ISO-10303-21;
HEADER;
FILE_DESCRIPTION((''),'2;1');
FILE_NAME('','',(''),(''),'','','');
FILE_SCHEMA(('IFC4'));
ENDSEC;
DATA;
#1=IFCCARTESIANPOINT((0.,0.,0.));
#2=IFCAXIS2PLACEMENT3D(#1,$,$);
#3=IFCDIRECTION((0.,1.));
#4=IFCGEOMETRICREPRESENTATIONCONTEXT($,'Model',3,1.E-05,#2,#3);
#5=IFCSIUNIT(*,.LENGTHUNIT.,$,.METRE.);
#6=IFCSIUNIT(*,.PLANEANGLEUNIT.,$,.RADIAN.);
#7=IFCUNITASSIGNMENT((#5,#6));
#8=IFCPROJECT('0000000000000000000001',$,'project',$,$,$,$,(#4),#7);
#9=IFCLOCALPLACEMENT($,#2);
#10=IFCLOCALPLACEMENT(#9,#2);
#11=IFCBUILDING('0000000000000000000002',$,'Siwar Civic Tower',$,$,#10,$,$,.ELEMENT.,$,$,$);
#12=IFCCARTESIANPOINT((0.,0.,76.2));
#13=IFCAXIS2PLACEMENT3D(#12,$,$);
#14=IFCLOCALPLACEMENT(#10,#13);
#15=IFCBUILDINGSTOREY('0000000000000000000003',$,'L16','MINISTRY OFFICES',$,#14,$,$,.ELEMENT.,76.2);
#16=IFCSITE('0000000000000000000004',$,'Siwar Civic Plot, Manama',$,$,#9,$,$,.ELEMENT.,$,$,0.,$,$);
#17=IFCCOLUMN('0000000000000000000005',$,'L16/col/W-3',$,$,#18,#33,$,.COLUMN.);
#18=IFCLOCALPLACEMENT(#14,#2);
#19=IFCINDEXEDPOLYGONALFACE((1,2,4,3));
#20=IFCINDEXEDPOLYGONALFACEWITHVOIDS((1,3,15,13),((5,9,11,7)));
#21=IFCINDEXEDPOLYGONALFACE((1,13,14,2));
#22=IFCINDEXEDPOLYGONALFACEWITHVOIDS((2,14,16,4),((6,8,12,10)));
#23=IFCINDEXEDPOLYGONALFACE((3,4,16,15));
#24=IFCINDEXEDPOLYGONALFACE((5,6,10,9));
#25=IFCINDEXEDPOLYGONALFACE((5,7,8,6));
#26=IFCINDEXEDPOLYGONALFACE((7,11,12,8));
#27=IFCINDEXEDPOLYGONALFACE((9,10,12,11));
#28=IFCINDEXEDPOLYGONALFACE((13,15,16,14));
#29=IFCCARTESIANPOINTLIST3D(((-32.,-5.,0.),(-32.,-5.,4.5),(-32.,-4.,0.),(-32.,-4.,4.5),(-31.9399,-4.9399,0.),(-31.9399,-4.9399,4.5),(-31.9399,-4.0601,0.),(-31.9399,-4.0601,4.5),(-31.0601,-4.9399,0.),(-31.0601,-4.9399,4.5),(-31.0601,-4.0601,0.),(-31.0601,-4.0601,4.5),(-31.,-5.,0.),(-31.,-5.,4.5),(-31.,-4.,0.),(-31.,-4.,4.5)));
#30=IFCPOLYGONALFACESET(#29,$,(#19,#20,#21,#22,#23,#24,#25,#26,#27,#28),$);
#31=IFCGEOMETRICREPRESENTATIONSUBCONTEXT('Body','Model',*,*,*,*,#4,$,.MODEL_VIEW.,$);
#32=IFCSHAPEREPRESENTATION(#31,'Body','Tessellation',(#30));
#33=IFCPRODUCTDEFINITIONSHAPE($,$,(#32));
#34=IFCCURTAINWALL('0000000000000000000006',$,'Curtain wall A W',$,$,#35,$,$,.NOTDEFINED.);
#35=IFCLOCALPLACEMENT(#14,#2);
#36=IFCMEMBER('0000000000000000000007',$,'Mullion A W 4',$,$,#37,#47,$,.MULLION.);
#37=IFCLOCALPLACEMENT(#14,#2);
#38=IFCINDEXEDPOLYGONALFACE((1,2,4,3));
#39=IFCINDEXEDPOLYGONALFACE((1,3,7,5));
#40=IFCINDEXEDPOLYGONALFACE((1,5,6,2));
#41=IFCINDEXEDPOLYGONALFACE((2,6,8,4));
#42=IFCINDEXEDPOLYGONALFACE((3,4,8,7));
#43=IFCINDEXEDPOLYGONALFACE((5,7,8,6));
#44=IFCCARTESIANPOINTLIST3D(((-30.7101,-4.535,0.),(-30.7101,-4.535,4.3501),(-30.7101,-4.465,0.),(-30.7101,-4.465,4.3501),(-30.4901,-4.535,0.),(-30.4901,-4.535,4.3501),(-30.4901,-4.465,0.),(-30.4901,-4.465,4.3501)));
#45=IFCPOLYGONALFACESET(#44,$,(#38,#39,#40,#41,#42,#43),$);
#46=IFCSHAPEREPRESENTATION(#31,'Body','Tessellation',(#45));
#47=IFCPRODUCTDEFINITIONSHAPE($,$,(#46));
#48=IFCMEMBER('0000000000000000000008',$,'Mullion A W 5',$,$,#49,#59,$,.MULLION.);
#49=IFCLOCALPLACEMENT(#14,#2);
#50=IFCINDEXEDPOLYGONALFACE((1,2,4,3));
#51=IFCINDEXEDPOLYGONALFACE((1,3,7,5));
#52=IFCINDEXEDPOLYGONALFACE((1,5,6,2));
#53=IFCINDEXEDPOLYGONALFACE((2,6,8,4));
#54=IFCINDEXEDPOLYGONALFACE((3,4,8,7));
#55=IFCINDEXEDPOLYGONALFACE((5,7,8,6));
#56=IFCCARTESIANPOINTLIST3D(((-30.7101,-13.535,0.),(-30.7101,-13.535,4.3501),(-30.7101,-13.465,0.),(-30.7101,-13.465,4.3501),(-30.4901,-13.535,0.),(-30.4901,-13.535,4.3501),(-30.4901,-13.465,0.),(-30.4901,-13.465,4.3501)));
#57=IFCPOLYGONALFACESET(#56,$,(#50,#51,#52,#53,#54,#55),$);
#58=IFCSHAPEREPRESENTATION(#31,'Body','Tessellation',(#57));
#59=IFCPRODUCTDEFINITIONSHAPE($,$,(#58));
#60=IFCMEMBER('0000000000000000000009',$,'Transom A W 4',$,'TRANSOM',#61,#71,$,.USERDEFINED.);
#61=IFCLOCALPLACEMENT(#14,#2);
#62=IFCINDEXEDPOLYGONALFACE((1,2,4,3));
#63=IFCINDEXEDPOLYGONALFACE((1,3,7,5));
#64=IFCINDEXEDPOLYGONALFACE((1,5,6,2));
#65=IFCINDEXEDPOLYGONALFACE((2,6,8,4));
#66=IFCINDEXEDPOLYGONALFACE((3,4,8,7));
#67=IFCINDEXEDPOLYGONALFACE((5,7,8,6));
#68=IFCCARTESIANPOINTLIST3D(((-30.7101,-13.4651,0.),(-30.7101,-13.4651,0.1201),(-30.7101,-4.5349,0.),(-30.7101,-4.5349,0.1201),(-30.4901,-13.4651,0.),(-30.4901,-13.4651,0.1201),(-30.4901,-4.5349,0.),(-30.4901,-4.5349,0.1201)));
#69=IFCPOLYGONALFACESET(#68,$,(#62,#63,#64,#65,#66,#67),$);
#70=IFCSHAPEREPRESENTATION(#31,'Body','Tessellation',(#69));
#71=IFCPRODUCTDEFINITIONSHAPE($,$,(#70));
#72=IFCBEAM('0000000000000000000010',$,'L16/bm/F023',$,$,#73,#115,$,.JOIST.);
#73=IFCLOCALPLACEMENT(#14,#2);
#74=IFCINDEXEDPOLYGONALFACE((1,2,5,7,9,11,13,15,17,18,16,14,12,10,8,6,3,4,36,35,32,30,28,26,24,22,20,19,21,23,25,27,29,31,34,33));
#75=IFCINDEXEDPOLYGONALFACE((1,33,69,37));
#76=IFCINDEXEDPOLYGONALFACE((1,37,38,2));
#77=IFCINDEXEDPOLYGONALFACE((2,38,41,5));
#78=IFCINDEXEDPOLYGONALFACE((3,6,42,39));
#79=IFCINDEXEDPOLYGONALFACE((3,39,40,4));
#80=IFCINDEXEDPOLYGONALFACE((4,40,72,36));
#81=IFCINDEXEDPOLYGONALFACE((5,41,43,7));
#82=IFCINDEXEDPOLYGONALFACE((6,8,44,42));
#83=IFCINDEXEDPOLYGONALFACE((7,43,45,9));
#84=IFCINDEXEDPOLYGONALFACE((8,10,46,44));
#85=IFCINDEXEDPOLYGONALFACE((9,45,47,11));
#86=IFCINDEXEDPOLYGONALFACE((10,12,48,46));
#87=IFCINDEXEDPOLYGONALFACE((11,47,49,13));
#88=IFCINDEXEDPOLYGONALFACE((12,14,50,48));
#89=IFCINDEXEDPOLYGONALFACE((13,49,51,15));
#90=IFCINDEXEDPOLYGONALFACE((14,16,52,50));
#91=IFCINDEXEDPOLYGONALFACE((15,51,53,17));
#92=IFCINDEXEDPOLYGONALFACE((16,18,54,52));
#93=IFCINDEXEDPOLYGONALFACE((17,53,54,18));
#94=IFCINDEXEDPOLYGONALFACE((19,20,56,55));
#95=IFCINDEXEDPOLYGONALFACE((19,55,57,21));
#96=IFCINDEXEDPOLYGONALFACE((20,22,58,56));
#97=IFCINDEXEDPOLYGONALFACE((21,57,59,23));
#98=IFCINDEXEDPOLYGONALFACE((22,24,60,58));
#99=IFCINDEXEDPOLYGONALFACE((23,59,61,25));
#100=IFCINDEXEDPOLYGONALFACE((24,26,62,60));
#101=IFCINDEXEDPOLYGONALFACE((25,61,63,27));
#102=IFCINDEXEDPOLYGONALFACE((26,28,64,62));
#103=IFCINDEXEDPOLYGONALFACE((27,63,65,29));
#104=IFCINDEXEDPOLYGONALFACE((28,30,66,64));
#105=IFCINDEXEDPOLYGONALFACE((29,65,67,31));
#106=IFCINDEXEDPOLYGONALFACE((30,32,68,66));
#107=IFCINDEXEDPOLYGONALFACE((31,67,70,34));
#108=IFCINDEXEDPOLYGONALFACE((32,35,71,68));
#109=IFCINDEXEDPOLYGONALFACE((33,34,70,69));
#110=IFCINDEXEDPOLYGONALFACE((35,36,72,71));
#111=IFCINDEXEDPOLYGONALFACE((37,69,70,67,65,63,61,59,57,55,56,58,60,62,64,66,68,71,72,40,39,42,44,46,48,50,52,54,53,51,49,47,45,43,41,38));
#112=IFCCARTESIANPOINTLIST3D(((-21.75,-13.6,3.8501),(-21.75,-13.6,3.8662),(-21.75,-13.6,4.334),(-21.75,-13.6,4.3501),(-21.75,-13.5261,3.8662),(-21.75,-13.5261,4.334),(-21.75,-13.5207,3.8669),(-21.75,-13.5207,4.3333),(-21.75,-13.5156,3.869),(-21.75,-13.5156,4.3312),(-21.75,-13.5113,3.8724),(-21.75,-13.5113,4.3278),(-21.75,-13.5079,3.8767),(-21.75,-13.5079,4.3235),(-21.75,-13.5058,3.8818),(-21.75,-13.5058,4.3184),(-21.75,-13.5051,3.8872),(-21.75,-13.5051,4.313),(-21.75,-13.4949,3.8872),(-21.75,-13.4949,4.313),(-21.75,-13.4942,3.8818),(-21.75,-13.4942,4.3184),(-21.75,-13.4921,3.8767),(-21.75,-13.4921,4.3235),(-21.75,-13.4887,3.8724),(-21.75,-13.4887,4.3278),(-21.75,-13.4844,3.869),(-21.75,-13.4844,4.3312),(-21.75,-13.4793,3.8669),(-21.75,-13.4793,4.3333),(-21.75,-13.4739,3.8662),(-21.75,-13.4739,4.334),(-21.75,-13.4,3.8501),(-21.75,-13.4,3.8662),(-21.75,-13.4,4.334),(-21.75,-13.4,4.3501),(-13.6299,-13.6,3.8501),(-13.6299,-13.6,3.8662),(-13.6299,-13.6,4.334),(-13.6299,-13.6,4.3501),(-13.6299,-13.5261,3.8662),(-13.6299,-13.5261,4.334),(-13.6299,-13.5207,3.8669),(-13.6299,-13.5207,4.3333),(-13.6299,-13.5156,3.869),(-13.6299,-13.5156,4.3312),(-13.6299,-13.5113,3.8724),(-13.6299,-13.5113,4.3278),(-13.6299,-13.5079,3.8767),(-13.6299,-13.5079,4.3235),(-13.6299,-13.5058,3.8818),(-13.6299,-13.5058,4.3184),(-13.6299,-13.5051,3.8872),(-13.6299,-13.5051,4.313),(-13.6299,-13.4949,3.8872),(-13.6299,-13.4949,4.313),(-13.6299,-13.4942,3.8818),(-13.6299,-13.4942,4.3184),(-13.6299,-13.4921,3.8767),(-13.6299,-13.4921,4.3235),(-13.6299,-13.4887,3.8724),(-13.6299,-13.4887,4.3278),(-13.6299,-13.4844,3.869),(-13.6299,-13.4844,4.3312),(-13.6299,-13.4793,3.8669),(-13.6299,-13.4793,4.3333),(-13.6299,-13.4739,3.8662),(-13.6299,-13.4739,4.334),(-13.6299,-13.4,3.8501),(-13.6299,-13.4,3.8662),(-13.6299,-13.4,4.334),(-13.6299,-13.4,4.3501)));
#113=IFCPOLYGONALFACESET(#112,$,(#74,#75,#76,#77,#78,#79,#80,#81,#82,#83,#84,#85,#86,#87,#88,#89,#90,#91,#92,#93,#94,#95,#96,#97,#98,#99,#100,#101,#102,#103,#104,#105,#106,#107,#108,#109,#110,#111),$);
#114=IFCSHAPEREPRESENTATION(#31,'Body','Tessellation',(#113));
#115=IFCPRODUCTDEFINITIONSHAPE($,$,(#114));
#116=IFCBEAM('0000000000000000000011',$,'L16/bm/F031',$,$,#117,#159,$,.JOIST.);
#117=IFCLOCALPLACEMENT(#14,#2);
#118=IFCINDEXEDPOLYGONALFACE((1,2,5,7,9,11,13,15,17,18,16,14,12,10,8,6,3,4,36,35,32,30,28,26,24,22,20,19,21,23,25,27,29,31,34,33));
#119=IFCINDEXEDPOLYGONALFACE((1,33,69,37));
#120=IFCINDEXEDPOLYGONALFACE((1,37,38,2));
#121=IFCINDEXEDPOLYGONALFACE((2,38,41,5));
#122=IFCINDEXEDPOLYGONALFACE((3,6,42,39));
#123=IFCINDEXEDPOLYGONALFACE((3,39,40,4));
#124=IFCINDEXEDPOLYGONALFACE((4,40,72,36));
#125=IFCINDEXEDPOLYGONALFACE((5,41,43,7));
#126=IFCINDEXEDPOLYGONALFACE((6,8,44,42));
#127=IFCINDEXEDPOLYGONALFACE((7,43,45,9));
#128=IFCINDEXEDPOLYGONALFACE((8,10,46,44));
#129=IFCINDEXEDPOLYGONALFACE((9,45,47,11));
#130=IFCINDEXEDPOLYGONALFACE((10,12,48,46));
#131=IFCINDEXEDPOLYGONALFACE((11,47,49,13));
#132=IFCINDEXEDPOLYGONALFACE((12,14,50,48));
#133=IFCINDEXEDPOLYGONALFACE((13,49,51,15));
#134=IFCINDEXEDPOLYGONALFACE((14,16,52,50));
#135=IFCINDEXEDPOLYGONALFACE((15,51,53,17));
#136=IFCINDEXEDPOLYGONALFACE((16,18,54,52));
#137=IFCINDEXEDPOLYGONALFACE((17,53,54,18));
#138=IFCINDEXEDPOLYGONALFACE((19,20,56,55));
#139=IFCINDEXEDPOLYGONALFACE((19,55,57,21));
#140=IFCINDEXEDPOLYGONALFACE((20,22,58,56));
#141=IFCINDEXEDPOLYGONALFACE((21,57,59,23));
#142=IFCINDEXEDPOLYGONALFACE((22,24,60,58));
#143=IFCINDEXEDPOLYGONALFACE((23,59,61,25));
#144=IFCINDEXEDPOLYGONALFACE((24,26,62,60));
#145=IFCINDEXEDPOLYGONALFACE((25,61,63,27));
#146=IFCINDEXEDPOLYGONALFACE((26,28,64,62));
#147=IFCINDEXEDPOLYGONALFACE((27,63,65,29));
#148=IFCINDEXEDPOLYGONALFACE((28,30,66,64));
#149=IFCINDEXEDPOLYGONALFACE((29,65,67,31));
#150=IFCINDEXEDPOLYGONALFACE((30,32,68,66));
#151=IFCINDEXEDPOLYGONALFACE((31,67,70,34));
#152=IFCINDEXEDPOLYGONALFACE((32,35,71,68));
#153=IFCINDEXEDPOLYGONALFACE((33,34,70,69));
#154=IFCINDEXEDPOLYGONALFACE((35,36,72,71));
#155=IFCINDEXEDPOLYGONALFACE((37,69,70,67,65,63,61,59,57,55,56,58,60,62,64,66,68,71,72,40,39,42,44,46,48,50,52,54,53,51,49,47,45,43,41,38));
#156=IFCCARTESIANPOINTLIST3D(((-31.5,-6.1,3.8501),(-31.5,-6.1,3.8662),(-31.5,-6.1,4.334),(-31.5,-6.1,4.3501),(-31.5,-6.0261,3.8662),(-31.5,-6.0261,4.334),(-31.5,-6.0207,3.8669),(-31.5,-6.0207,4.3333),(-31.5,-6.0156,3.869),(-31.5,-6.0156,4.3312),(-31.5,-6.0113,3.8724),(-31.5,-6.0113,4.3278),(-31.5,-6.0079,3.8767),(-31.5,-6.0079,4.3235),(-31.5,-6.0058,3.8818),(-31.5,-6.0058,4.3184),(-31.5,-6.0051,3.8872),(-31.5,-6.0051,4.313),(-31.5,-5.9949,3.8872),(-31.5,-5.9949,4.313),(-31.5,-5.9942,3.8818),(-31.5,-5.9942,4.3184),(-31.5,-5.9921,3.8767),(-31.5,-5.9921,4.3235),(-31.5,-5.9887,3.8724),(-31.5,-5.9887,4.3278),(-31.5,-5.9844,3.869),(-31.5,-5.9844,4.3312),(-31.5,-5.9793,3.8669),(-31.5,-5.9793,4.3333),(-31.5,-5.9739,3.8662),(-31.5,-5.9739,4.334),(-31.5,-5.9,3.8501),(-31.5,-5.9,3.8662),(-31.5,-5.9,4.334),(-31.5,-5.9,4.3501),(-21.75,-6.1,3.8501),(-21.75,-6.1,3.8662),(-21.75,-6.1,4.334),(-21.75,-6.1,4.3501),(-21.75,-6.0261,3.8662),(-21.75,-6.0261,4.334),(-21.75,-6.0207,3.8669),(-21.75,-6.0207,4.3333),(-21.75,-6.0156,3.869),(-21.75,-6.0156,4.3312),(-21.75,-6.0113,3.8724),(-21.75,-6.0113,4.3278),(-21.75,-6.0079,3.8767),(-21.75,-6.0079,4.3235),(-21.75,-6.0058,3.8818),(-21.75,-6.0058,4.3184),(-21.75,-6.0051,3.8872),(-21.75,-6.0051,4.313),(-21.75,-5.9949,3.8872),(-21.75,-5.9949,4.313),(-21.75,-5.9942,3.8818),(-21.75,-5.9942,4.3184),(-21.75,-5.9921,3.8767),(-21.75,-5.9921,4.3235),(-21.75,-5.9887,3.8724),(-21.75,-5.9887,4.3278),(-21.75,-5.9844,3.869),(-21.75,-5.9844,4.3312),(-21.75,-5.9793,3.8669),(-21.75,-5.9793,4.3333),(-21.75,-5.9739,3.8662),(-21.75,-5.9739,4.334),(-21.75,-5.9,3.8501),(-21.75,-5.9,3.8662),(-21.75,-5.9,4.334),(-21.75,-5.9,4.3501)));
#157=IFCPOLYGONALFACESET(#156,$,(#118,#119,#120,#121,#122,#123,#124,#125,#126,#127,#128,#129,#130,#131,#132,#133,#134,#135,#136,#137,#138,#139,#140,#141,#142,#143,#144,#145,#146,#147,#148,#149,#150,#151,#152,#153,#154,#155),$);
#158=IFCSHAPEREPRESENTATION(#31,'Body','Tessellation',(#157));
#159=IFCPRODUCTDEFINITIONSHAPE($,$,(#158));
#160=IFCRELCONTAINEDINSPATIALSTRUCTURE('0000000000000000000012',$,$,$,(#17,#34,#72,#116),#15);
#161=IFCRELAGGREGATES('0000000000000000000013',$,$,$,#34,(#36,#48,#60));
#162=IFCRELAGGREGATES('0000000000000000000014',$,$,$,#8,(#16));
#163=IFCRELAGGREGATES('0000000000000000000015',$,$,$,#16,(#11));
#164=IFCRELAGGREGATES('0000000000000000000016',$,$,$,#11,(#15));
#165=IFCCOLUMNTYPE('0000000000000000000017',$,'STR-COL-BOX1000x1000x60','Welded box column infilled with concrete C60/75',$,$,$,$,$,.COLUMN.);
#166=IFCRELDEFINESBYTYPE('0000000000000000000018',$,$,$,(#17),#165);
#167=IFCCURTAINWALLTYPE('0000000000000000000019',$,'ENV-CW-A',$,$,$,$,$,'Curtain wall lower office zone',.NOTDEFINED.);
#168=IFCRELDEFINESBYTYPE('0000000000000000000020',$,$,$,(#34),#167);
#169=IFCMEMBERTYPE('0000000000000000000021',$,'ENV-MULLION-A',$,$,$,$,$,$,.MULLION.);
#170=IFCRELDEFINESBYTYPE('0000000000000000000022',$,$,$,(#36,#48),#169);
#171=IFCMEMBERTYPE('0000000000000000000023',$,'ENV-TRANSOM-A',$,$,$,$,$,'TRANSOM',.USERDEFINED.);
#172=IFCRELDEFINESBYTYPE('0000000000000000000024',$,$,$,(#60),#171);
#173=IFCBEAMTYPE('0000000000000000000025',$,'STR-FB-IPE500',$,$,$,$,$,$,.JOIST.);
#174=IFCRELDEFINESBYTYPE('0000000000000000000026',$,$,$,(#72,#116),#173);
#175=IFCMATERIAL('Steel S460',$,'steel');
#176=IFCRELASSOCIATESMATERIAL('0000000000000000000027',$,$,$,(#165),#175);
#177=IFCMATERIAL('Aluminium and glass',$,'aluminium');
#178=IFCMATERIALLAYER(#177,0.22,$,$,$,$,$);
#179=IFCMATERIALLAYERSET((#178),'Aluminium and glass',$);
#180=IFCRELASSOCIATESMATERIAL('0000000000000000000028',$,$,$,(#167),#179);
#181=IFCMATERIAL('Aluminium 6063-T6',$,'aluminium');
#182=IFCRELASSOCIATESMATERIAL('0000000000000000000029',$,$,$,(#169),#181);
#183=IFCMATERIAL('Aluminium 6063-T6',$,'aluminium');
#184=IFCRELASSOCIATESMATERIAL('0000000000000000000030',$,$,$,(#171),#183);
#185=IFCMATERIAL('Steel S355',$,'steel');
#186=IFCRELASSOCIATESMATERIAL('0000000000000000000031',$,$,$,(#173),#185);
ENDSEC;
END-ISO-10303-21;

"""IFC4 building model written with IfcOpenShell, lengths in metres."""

from ifc_helpers import new_model, si_unit, direction, frame, origin, origin_2d, place, context, subcontext, project, spatial, rectangle, hollow_rectangle, i_section, extrude, material, layer, layer_set, material_profile, profile_set, type_object, element, aggregate, save


model = new_model("IFC4")

# Units and contexts
model_context = context("Model", 3, precision=1e-05, world=origin(), true_north=direction((0.0, 1.0)))
body_context = subcontext(model_context, "Body", "Model", "MODEL_VIEW")
ifc_project = project(units=[si_unit("LENGTHUNIT", "METRE"), si_unit("PLANEANGLEUNIT", "RADIAN")], contexts=[model_context])

# Site, building, storey
site_placement = place(None, origin())
site = spatial("IfcSite", under=ifc_project, at=site_placement, Name="Siwar Civic Plot, Manama", CompositionType="ELEMENT", RefElevation=0.0)
building_placement = place(site_placement, origin())
building = spatial("IfcBuilding", under=site, at=building_placement, Name="Siwar Civic Tower", CompositionType="ELEMENT")
storey_placement = place(building_placement, frame((0.0, 0.0, 76.2)))
storey = spatial("IfcBuildingStorey", under=building, at=storey_placement, Name="L16", Description="MINISTRY OFFICES", CompositionType="ELEMENT", Elevation=76.2)

# Column
ifc_material_1 = material(Name="Steel S460", Category="steel")
ifc_material_profile_1 = material_profile(ifc_material_1, hollow_rectangle(XDim=1.0, YDim=1.0, WallThickness=0.0601, at=origin_2d()), Name="BOX1000x1000x60")
ifc_profile_set_1 = profile_set([ifc_material_profile_1], Name="Steel S460")
column_type = type_object("IfcColumnType", Name="STR-COL-BOX1000x1000x60", Description="Welded box column infilled with concrete C60/75", PredefinedType="COLUMN", material=ifc_profile_set_1)
column_placement = place(storey_placement, frame((-31.5, -4.5, 0.0), z_axis=(0.0, 0.0, 1.0), x_axis=(1.0, 0.0, 0.0)))
element("IfcColumn", 1, at=column_placement, inside=storey, type_object=column_type, Name="L16/col/W-3", PredefinedType="COLUMN", context=body_context, shape_type="SweptSolid", body=[
    extrude(hollow_rectangle(XDim=1.0, YDim=1.0, WallThickness=0.0601, at=origin_2d()), origin(), (0.0, 0.0, 1.0), 4.5),
])

# Curtain wall, members
ifc_material_2 = material(Name="Aluminium and glass", Category="aluminium")
ifc_layer_1 = layer(ifc_material_2, 0.22)
ifc_layer_set_1 = layer_set([ifc_layer_1], Name="Aluminium and glass")
curtain_wall_type = type_object("IfcCurtainWallType", Name="ENV-CW-A", ElementType="Curtain wall lower office zone", PredefinedType="NOTDEFINED", material=ifc_layer_set_1)
curtain_wall_placement = place(storey_placement, origin())
curtain_wall = element("IfcCurtainWall", 2, at=curtain_wall_placement, inside=storey, type_object=curtain_wall_type, Name="Curtain wall A W", PredefinedType="NOTDEFINED")
ifc_material_3 = material(Name="Aluminium 6063-T6", Category="aluminium")
ifc_material_profile_2 = material_profile(ifc_material_3, rectangle(XDim=0.22, YDim=0.0701, at=origin_2d()), Name="AL 220x70")
ifc_profile_set_2 = profile_set([ifc_material_profile_2], Name="Aluminium 6063-T6")
member_type_1 = type_object("IfcMemberType", Name="ENV-MULLION-A", PredefinedType="MULLION", material=ifc_profile_set_2)
member_1_placement = place(storey_placement, frame((-30.6001, -4.5, 0.0), z_axis=(0.0, 0.0, 1.0), x_axis=(1.0, 0.0, 0.0)))
member_1 = element("IfcMember", 3, at=member_1_placement, type_object=member_type_1, Name="Mullion A W 4", PredefinedType="MULLION", context=body_context, shape_type="SweptSolid", body=[
    extrude(rectangle(XDim=0.22, YDim=0.0701, at=origin_2d()), origin(), (0.0, 0.0, 1.0), 4.3501),
])
member_2_placement = place(storey_placement, frame((-30.6001, -13.5, 0.0), z_axis=(0.0, 0.0, 1.0), x_axis=(1.0, 0.0, 0.0)))
member_2 = element("IfcMember", 4, at=member_2_placement, type_object=member_type_1, Name="Mullion A W 5", PredefinedType="MULLION", context=body_context, shape_type="SweptSolid", body=[
    extrude(rectangle(XDim=0.22, YDim=0.0701, at=origin_2d()), origin(), (0.0, 0.0, 1.0), 4.3501),
])
ifc_material_4 = material(Name="Aluminium 6063-T6", Category="aluminium")
ifc_material_profile_3 = material_profile(ifc_material_4, rectangle(XDim=0.22, YDim=0.1201, at=origin_2d()), Name="AL 220x120")
ifc_profile_set_3 = profile_set([ifc_material_profile_3], Name="Aluminium 6063-T6")
member_type_2 = type_object("IfcMemberType", Name="ENV-TRANSOM-A", ElementType="TRANSOM", PredefinedType="USERDEFINED", material=ifc_profile_set_3)
member_3_placement = place(storey_placement, frame((-30.6001, -4.5349, 0.0601), z_axis=(0.0, -1.0, 0.0), x_axis=(1.0, 0.0, 0.0)))
member_3 = element("IfcMember", 5, at=member_3_placement, type_object=member_type_2, Name="Transom A W 4", ObjectType="TRANSOM", PredefinedType="USERDEFINED", context=body_context, shape_type="SweptSolid", body=[
    extrude(rectangle(XDim=0.22, YDim=0.1201, at=origin_2d()), origin(), (0.0, 0.0, 1.0), 8.9302),
])

# Beams
ifc_material_5 = material(Name="Steel S355", Category="steel")
ifc_material_profile_4 = material_profile(ifc_material_5, i_section(OverallWidth=0.2, OverallDepth=0.5, WebThickness=0.0103, FlangeThickness=0.0161, FilletRadius=0.021, at=origin_2d()), Name="IPE500")
ifc_profile_set_4 = profile_set([ifc_material_profile_4], Name="Steel S355")
beam_type_1 = type_object("IfcBeamType", Name="STR-FB-IPE500", PredefinedType="JOIST", material=ifc_profile_set_4)
beam_1_placement = place(storey_placement, frame((-21.75, -13.5, 4.1001), z_axis=(1.0, 0.0, 0.0), x_axis=(0.0, 1.0, 0.0)))
element("IfcBeam", 6, at=beam_1_placement, inside=storey, type_object=beam_type_1, Name="L16/bm/F023", PredefinedType="JOIST", context=body_context, shape_type="SweptSolid", body=[
    extrude(i_section(OverallWidth=0.2, OverallDepth=0.5, WebThickness=0.0103, FlangeThickness=0.0161, FilletRadius=0.021, at=origin_2d()), origin(), (0.0, 0.0, 1.0), 8.1201),
])
beam_2_placement = place(storey_placement, frame((-31.5, -6.0, 4.1001), z_axis=(1.0, 0.0, 0.0), x_axis=(0.0, 1.0, 0.0)))
element("IfcBeam", 7, at=beam_2_placement, inside=storey, type_object=beam_type_1, Name="L16/bm/F031", PredefinedType="JOIST", context=body_context, shape_type="SweptSolid", body=[
    extrude(i_section(OverallWidth=0.2, OverallDepth=0.5, WebThickness=0.0103, FlangeThickness=0.0161, FilletRadius=0.021, at=origin_2d()), origin(), (0.0, 0.0, 1.0), 9.75),
])

aggregate(curtain_wall, [member_1, member_2, member_3])

save(model, "model.ifc")
